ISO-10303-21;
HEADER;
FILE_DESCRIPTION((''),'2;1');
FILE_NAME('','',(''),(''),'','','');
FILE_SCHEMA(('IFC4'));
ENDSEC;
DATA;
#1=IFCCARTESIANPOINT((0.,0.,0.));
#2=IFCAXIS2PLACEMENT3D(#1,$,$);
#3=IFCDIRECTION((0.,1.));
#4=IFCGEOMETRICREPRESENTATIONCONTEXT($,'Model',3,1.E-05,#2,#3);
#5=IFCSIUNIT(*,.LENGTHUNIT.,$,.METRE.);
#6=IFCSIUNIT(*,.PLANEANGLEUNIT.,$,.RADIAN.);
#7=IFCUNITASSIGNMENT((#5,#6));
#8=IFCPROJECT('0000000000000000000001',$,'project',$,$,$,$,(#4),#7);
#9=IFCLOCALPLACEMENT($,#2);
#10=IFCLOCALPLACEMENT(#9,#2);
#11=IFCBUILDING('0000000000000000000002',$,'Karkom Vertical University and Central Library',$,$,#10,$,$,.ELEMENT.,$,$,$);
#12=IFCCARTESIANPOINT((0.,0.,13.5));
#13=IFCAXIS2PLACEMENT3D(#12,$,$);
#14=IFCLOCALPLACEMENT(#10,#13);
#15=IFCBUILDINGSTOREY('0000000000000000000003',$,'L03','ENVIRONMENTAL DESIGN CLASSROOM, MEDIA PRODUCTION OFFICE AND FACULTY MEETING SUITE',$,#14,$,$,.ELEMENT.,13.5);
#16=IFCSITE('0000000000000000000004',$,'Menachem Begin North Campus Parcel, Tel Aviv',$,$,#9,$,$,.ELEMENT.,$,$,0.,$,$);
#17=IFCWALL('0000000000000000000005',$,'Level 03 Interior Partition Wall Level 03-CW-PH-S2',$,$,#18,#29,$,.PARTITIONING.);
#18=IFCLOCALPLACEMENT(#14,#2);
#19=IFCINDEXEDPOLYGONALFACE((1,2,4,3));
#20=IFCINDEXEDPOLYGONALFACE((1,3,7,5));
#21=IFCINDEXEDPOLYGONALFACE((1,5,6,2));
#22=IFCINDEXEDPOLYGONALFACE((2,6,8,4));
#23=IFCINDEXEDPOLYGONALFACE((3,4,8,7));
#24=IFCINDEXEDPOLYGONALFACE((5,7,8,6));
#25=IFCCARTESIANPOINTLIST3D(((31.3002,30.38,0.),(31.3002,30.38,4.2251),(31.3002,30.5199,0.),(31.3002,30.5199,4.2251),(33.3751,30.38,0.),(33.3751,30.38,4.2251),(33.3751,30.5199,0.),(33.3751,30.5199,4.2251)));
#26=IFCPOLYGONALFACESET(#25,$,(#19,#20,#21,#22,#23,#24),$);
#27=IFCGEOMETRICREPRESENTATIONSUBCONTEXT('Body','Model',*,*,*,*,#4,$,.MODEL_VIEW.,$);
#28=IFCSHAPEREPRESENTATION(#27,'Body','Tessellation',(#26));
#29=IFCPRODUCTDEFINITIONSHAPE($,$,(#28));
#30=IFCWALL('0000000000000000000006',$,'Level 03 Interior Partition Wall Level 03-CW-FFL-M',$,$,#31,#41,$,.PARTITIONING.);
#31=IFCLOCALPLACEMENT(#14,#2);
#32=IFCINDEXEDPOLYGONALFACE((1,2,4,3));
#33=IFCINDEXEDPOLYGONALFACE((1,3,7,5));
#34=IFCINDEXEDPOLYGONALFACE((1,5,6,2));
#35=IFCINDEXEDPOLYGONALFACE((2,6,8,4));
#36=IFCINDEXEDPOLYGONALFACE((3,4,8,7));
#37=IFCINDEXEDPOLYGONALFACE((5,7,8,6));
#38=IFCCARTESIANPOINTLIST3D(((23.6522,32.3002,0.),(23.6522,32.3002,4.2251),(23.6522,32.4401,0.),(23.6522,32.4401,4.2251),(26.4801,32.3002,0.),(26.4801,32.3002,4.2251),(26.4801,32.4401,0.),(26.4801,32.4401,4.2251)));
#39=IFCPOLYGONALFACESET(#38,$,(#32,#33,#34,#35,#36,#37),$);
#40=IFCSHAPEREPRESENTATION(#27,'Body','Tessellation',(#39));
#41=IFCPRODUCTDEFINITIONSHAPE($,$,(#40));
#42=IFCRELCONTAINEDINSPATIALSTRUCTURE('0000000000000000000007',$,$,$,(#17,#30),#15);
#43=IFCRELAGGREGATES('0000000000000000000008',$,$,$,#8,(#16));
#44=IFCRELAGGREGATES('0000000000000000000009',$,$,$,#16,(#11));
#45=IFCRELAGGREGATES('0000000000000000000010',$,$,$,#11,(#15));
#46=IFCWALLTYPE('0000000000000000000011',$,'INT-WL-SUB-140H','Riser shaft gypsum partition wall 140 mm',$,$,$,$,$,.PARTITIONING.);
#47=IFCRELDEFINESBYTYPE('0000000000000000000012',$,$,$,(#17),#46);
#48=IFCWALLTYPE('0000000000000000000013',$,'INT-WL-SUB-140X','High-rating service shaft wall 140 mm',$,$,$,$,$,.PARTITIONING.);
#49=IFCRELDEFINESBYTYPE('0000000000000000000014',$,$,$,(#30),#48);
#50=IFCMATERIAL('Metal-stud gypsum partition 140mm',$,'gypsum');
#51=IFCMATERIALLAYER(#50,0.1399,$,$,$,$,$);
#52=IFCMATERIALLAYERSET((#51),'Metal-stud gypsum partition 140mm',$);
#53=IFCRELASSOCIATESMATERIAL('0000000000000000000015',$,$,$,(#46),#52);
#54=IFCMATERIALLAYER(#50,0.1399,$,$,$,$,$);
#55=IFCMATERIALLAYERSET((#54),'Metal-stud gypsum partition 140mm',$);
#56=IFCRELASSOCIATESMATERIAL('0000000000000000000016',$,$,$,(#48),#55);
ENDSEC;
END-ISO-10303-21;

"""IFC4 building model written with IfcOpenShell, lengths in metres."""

from ifc_helpers import new_model, si_unit, direction, frame, frame_2d, origin, place, context, subcontext, project, spatial, rectangle, extrude, material, layer, layer_set, type_object, element, save


model = new_model("IFC4")

# Units and contexts
model_context = context("Model", 3, precision=1e-05, world=origin(), true_north=direction((0.0, 1.0)))
body_context = subcontext(model_context, "Body", "Model", "MODEL_VIEW")
ifc_project = project(units=[si_unit("LENGTHUNIT", "METRE"), si_unit("PLANEANGLEUNIT", "RADIAN")], contexts=[model_context])

# Site, building, storey
site_placement = place(None, origin())
site = spatial("IfcSite", under=ifc_project, at=site_placement, Name="Menachem Begin North Campus Parcel, Tel Aviv", CompositionType="ELEMENT", RefElevation=0.0)
building_placement = place(site_placement, origin())
building = spatial("IfcBuilding", under=site, at=building_placement, Name="Karkom Vertical University and Central Library", CompositionType="ELEMENT")
storey_placement = place(building_placement, frame((0.0, 0.0, 13.5)))
storey = spatial("IfcBuildingStorey", under=building, at=storey_placement, Name="L03", Description="ENVIRONMENTAL DESIGN CLASSROOM, MEDIA PRODUCTION OFFICE AND FACULTY MEETING SUITE", CompositionType="ELEMENT", Elevation=13.5)

# Walls
ifc_material_1 = material(Name="Metal-stud gypsum partition 140mm", Category="gypsum")
ifc_layer_1 = layer(ifc_material_1, 0.1399)
ifc_layer_set_1 = layer_set([ifc_layer_1], Name="Metal-stud gypsum partition 140mm")
wall_type_1 = type_object("IfcWallType", Name="INT-WL-SUB-140H", Description="Riser shaft gypsum partition wall 140 mm", PredefinedType="PARTITIONING", material=ifc_layer_set_1)
wall_1_placement = place(storey_placement, frame((31.3, 30.45, 0.0), z_axis=(0.0, 0.0, 1.0), x_axis=(1.0, 0.0, 0.0)))
element("IfcWall", 1, at=wall_1_placement, inside=storey, type_object=wall_type_1, Name="Level 03 Interior Partition Wall Level 03-CW-PH-S2", PredefinedType="PARTITIONING", context=body_context, shape_type="SweptSolid", body=[
    extrude(rectangle(XDim=2.075, YDim=0.1399, at=frame_2d((1.0376, 0.0))), origin(), (0.0, 0.0, 1.0), 4.2251),
])
ifc_layer_2 = layer(ifc_material_1, 0.1399)
ifc_layer_set_2 = layer_set([ifc_layer_2], Name="Metal-stud gypsum partition 140mm")
wall_type_2 = type_object("IfcWallType", Name="INT-WL-SUB-140X", Description="High-rating service shaft wall 140 mm", PredefinedType="PARTITIONING", material=ifc_layer_set_2)
wall_2_placement = place(storey_placement, frame((23.6521, 32.3701, 0.0), z_axis=(0.0, 0.0, 1.0), x_axis=(1.0, 0.0, 0.0)))
element("IfcWall", 2, at=wall_2_placement, inside=storey, type_object=wall_type_2, Name="Level 03 Interior Partition Wall Level 03-CW-FFL-M", PredefinedType="PARTITIONING", context=body_context, shape_type="SweptSolid", body=[
    extrude(rectangle(XDim=2.8279, YDim=0.1399, at=frame_2d((1.4141, 0.0))), origin(), (0.0, 0.0, 1.0), 4.2251),
])

save(model, "model.ifc")
